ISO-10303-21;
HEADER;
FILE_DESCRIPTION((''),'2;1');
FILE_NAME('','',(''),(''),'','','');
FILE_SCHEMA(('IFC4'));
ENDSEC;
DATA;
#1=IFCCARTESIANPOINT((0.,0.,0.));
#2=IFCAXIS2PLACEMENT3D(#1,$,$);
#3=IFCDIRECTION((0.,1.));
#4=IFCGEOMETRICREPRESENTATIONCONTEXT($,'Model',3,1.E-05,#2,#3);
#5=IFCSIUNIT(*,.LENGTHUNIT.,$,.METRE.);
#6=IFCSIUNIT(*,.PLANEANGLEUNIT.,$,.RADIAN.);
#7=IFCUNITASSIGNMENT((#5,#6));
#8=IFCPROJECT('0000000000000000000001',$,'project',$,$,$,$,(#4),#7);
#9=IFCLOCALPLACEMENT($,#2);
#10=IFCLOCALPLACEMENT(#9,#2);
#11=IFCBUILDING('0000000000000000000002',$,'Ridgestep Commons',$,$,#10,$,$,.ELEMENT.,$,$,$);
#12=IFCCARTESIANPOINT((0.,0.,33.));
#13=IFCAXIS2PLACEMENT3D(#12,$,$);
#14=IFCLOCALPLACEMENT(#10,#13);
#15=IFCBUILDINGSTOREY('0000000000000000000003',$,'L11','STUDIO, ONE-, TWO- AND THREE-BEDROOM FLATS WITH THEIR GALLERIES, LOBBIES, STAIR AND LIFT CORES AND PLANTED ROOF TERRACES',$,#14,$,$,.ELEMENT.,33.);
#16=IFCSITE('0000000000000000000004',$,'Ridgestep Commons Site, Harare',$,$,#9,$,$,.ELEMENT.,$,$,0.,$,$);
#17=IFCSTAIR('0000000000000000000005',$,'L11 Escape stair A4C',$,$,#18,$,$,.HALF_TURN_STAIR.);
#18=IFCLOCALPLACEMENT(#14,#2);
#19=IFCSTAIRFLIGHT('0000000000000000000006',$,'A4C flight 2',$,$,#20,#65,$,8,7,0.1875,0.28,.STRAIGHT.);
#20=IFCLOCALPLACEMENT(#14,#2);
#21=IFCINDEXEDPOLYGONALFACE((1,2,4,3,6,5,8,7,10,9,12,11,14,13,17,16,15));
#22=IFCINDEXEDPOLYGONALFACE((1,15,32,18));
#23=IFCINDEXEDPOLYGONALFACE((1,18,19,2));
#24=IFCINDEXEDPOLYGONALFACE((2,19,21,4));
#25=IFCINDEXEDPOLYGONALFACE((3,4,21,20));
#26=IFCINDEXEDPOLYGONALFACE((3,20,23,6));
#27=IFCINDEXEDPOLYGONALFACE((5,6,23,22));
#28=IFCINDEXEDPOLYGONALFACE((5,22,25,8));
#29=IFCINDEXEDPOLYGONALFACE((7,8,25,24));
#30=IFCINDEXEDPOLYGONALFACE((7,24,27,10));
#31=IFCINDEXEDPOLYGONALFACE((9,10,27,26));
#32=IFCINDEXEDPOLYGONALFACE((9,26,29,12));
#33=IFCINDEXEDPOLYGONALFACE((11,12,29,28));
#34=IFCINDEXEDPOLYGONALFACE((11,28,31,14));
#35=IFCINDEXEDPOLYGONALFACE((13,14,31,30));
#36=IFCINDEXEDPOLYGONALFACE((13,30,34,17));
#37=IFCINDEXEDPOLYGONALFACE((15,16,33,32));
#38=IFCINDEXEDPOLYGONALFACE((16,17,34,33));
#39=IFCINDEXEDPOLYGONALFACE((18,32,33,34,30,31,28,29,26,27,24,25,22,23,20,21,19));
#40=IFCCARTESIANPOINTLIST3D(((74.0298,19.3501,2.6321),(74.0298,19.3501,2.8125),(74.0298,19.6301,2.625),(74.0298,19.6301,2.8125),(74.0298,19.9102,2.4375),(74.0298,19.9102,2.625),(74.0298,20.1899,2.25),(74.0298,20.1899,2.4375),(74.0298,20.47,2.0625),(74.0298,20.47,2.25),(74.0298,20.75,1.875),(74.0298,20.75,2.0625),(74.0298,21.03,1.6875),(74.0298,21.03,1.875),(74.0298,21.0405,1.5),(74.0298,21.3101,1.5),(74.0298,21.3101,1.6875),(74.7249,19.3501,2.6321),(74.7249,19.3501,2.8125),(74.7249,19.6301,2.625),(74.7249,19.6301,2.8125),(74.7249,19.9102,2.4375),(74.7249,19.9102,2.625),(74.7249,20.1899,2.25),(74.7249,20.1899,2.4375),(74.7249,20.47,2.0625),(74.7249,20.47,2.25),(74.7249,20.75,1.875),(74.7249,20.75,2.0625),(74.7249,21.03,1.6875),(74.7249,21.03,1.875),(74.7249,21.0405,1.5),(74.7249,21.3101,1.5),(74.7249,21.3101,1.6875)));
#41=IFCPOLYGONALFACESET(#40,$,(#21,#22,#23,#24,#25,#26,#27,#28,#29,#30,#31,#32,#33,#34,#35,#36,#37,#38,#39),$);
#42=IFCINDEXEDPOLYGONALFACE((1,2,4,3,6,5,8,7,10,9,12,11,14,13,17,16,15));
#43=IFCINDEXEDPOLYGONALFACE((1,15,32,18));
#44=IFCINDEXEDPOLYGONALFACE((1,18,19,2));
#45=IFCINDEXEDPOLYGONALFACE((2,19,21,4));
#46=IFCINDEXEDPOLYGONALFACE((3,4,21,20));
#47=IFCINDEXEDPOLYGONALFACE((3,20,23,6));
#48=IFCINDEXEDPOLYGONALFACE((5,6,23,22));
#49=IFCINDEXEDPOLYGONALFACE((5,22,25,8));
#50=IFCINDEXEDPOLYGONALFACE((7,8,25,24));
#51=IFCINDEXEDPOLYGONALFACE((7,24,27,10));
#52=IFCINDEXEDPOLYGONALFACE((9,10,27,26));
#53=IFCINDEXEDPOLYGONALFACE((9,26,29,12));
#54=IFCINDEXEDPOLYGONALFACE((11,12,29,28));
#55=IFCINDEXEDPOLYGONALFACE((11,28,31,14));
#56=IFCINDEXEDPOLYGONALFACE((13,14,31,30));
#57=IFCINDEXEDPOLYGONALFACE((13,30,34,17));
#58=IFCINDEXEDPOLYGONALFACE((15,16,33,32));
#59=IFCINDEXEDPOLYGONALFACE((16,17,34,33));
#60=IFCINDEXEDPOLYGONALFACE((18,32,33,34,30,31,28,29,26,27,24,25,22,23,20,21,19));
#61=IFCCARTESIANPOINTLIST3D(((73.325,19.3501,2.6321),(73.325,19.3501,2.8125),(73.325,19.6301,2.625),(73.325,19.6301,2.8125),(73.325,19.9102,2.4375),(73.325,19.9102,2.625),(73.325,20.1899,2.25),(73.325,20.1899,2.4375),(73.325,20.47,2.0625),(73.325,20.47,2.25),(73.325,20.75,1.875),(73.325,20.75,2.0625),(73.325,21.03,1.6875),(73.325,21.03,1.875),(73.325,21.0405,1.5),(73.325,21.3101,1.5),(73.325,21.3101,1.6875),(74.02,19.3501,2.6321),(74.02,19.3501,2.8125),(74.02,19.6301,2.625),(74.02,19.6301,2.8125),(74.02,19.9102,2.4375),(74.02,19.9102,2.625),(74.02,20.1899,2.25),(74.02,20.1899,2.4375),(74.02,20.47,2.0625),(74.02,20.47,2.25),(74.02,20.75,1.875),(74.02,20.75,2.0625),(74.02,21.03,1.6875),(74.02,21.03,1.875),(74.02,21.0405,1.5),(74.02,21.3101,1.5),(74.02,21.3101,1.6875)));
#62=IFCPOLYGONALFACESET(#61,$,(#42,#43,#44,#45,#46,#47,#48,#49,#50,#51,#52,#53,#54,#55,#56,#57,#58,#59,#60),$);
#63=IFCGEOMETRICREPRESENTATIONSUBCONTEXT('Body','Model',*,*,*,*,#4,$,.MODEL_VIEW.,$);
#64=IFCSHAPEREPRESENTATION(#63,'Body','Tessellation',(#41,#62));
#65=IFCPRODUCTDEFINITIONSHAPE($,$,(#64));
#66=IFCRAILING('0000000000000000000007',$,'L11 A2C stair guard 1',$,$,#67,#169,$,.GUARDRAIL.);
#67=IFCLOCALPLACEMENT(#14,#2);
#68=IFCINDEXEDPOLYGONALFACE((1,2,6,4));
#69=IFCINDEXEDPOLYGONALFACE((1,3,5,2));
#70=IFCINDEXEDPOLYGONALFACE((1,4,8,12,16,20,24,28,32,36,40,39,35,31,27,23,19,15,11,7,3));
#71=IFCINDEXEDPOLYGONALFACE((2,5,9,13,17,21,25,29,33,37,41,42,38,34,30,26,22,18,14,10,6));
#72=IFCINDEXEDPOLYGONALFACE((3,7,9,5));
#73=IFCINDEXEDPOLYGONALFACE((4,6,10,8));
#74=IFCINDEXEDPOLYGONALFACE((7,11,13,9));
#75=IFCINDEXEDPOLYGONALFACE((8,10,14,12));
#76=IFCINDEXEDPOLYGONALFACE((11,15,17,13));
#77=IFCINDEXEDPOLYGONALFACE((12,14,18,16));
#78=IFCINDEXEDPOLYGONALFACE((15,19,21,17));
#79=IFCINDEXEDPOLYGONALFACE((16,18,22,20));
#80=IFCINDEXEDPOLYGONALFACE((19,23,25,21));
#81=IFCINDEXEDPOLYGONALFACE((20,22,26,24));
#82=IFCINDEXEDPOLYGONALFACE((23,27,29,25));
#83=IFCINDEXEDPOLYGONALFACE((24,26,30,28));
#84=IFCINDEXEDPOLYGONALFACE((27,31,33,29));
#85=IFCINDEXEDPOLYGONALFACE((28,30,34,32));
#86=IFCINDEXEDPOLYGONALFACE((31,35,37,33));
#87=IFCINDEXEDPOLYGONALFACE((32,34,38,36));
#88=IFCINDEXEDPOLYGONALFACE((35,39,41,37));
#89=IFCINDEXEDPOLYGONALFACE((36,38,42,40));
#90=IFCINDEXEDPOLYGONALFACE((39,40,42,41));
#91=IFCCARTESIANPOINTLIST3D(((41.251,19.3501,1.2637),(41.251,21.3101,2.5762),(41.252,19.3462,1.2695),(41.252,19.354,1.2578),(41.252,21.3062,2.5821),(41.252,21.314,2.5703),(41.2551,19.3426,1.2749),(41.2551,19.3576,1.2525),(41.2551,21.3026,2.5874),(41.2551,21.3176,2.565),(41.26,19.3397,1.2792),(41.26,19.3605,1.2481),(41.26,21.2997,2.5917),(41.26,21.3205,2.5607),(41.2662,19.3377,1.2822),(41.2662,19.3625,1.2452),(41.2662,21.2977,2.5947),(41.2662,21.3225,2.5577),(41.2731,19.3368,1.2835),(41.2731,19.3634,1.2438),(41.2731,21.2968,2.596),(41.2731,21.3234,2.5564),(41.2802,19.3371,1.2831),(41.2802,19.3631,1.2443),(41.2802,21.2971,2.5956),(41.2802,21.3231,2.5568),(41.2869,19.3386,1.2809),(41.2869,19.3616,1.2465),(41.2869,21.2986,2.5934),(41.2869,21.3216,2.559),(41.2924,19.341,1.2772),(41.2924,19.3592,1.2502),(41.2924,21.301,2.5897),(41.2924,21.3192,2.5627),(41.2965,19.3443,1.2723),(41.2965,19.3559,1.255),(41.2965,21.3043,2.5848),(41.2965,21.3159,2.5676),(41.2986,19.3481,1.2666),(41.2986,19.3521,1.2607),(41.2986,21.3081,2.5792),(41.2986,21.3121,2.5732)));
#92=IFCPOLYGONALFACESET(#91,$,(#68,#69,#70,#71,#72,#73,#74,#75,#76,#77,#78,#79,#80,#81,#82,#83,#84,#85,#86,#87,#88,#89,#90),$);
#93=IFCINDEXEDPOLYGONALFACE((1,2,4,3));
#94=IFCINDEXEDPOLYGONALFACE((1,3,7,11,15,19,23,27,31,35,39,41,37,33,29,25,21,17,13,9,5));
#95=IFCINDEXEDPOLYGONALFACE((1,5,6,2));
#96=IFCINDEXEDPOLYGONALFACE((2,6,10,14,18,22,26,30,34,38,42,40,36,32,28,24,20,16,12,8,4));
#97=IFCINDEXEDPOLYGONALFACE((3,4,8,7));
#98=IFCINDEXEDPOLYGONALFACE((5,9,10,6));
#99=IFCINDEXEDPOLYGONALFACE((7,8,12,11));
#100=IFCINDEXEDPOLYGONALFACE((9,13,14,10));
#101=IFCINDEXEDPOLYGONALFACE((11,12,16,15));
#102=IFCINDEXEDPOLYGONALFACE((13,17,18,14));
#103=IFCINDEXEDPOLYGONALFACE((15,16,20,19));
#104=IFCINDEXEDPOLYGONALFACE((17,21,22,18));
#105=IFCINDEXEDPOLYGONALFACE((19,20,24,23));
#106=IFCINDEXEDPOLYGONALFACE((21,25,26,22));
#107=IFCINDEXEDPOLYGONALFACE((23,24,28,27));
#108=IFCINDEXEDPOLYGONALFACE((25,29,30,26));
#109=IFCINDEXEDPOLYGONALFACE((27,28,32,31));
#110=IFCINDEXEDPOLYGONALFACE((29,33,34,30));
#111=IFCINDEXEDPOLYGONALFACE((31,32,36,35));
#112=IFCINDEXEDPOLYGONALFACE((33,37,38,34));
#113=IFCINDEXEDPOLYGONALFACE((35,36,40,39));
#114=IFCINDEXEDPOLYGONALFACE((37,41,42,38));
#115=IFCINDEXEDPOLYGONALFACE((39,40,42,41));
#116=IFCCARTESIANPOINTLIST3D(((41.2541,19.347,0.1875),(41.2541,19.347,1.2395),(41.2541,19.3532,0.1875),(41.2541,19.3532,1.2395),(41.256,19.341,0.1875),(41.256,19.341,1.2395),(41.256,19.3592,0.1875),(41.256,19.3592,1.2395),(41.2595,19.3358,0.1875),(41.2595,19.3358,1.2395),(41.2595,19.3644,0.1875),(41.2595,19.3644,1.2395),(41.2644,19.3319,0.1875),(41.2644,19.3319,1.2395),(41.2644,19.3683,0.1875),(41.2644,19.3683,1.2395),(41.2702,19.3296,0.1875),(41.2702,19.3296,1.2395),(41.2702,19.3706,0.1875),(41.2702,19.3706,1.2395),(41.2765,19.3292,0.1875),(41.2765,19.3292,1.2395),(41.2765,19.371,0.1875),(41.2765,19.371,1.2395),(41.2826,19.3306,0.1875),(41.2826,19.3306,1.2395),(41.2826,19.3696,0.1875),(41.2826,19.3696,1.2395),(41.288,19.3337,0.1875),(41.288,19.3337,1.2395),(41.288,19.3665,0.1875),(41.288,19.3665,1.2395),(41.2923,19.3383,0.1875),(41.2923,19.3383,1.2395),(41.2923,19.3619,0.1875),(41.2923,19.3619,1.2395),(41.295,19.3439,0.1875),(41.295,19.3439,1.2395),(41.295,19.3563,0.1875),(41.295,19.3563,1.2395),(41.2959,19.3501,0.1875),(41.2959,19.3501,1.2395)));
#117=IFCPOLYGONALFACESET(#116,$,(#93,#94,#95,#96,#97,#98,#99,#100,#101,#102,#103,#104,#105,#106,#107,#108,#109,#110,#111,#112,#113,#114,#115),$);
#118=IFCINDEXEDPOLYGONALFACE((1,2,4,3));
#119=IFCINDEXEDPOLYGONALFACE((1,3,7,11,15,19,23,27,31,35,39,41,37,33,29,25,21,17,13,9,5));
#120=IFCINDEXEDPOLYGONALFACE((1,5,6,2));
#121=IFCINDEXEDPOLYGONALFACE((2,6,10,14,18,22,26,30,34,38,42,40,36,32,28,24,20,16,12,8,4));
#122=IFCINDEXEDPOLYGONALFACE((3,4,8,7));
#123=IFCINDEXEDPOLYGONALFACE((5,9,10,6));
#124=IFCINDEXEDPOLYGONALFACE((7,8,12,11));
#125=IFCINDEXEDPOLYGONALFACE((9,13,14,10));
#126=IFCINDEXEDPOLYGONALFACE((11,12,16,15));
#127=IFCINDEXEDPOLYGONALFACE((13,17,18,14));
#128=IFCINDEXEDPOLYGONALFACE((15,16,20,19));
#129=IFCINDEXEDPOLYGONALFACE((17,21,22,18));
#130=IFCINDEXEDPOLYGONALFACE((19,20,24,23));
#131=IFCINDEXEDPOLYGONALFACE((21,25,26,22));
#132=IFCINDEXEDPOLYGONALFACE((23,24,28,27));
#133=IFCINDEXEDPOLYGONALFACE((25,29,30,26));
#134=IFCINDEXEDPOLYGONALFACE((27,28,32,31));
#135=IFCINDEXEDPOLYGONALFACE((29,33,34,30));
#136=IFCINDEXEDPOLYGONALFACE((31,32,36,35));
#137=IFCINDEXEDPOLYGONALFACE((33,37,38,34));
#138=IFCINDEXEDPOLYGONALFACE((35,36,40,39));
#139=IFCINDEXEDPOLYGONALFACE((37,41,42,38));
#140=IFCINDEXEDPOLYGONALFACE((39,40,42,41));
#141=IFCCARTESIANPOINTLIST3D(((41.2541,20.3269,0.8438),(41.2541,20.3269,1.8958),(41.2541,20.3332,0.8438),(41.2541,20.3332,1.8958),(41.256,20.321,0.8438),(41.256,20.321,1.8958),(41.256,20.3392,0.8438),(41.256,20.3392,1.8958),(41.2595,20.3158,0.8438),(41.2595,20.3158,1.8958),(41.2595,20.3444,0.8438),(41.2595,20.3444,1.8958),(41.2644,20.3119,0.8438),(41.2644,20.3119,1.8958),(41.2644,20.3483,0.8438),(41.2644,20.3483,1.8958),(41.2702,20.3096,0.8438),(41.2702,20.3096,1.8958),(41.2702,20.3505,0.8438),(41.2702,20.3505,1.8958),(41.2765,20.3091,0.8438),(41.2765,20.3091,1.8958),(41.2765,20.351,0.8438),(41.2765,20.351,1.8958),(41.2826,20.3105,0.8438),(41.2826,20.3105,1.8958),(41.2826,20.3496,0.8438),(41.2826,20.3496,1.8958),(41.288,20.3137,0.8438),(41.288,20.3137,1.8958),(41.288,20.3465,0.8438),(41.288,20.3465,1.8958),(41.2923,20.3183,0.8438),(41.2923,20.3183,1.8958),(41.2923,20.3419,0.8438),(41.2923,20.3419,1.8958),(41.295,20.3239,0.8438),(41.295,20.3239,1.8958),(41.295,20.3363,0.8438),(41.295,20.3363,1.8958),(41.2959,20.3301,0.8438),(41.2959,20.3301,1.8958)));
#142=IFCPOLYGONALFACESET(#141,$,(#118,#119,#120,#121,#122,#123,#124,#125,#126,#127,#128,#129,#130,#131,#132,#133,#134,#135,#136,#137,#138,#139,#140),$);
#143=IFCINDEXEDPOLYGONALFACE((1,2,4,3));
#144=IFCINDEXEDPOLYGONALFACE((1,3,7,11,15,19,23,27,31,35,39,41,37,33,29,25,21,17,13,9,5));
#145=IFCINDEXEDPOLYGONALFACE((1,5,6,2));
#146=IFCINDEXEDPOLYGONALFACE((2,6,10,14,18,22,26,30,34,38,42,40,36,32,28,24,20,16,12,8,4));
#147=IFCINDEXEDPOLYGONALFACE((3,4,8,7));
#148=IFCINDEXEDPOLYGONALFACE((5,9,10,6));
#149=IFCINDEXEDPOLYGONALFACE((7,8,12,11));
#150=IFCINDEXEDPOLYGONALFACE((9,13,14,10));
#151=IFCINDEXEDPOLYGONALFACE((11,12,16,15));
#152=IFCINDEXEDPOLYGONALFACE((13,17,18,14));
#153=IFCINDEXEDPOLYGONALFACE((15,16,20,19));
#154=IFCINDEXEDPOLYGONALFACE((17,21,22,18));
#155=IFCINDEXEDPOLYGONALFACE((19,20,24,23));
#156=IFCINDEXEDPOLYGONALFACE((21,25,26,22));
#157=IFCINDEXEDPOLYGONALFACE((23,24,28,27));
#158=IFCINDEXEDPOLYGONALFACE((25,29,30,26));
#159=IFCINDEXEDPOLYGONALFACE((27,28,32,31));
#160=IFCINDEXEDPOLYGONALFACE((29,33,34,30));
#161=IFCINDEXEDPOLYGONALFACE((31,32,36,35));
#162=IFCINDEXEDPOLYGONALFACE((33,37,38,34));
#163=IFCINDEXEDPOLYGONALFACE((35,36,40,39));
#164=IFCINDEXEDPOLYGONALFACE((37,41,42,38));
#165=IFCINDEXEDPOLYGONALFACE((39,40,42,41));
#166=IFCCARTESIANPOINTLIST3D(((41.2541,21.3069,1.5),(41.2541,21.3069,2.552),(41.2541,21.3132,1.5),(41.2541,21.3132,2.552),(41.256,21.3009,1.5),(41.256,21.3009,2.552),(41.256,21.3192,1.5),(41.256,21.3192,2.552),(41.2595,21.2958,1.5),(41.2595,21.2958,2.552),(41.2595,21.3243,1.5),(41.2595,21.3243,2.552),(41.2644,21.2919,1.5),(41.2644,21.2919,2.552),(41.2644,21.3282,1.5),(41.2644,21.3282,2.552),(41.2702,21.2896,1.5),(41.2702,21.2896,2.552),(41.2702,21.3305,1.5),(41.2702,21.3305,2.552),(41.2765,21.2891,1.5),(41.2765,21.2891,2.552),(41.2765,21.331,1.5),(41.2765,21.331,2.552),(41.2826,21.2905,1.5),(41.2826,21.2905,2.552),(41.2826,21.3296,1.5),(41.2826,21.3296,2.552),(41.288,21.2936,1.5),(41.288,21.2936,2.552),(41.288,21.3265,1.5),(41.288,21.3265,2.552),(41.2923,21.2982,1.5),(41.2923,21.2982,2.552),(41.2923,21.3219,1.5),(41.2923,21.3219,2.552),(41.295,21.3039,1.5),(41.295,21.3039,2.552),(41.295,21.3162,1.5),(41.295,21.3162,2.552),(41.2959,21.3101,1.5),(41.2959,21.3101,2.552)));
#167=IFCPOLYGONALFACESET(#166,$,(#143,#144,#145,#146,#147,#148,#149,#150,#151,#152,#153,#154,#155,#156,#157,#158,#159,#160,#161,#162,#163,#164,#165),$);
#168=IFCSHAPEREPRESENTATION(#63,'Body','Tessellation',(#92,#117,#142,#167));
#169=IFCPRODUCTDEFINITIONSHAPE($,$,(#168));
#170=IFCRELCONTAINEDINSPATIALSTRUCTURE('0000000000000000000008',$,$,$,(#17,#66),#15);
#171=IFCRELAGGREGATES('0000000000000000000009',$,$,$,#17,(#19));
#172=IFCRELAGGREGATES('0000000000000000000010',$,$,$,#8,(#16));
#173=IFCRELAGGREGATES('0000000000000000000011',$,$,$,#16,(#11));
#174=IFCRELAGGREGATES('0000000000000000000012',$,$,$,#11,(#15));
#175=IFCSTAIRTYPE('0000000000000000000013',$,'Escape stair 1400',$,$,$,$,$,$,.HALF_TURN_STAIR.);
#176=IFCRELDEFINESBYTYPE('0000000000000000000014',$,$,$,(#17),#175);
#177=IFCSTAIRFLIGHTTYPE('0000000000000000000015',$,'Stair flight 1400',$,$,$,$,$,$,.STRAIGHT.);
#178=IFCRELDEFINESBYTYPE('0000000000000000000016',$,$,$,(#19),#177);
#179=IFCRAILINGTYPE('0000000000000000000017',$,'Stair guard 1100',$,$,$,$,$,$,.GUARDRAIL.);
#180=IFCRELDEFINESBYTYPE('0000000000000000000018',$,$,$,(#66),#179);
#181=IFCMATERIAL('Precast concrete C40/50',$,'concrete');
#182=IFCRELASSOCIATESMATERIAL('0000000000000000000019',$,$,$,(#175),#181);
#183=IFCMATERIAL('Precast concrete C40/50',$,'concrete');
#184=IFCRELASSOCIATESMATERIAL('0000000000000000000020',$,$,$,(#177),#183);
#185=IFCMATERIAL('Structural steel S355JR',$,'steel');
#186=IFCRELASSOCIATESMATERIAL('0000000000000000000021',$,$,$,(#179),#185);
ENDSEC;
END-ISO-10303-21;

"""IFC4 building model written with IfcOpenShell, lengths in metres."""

from ifc_helpers import new_model, si_unit, direction, frame, origin, origin_2d, place, context, subcontext, project, spatial, polyline, circle, outline, extrude, material, type_object, element, aggregate, save


model = new_model("IFC4")

# Units and contexts
model_context = context("Model", 3, precision=1e-05, world=origin(), true_north=direction((0.0, 1.0)))
body_context = subcontext(model_context, "Body", "Model", "MODEL_VIEW")
ifc_project = project(units=[si_unit("LENGTHUNIT", "METRE"), si_unit("PLANEANGLEUNIT", "RADIAN")], contexts=[model_context])

# Site, building, storey
site_placement = place(None, origin())
site = spatial("IfcSite", under=ifc_project, at=site_placement, Name="Ridgestep Commons Site, Harare", CompositionType="ELEMENT", RefElevation=0.0)
building_placement = place(site_placement, origin())
building = spatial("IfcBuilding", under=site, at=building_placement, Name="Ridgestep Commons", CompositionType="ELEMENT")
storey_placement = place(building_placement, frame((0.0, 0.0, 33.0)))
storey = spatial("IfcBuildingStorey", under=building, at=storey_placement, Name="L11", Description="STUDIO, ONE-, TWO- AND THREE-BEDROOM FLATS WITH THEIR GALLERIES, LOBBIES, STAIR AND LIFT CORES AND PLANTED ROOF TERRACES", CompositionType="ELEMENT", Elevation=33.0)

# Shared definitions
ifc_material_1 = material(Name="Precast concrete C40/50", Category="concrete")
stair_type = type_object("IfcStairType", Name="Escape stair 1400", PredefinedType="HALF_TURN_STAIR", material=ifc_material_1)
ifc_material_2 = material(Name="Precast concrete C40/50", Category="concrete")
stair_flight_type = type_object("IfcStairFlightType", Name="Stair flight 1400", PredefinedType="STRAIGHT", material=ifc_material_2)

# Stair, stair flight
stair_1_placement = place(storey_placement, origin())
stair_1 = element("IfcStair", 1, at=stair_1_placement, inside=storey, type_object=stair_type, Name="L11 Escape stair A4C", PredefinedType="HALF_TURN_STAIR")
stair_flight_1_placement = place(storey_placement, frame((74.0249, 21.3101, 1.5), z_axis=(0.0, 0.0, 1.0), x_axis=(0.0, -1.0, 0.0)))
stair_flight_1 = element("IfcStairFlight", 2, at=stair_flight_1_placement, type_object=stair_flight_type, Name="A4C flight 2", NumberOfRisers=8, NumberOfTreads=7, PredefinedType="STRAIGHT", RiserHeight=0.1875, TreadLength=0.28, context=body_context, shape_type="SweptSolid", body=[
    extrude(outline(polyline([(0.0, 0.0), (0.0, 0.1875), (0.28, 0.1875), (0.28, 0.375), (0.5601, 0.375), (0.5601, 0.5625), (0.8401, 0.5625), (0.8401, 0.75), (1.1201, 0.75), (1.1201, 0.9375), (1.3999, 0.9375), (1.3999, 1.125), (1.6799, 1.125), (1.6799, 1.3125), (1.96, 1.3125), (1.96, 1.5), (1.96, 1.1321), (0.2695, 0.0), (0.0, 0.0)])), frame((0.0, 0.7, 0.0), z_axis=(0.0, -1.0, 0.0), x_axis=(1.0, 0.0, 0.0)), (0.0, 0.0, 1.0), 0.6951),
    extrude(outline(polyline([(0.0, 0.0), (0.0, 0.1875), (0.28, 0.1875), (0.28, 0.375), (0.5601, 0.375), (0.5601, 0.5625), (0.8401, 0.5625), (0.8401, 0.75), (1.1201, 0.75), (1.1201, 0.9375), (1.3999, 0.9375), (1.3999, 1.125), (1.6799, 1.125), (1.6799, 1.3125), (1.96, 1.3125), (1.96, 1.5), (1.96, 1.1321), (0.2695, 0.0), (0.0, 0.0)])), frame((0.0, -0.0049, 0.0), z_axis=(0.0, -1.0, 0.0), x_axis=(1.0, 0.0, 0.0)), (0.0, 0.0, 1.0), 0.6951),
])
aggregate(stair_1, [stair_flight_1])

# Railing
ifc_material_3 = material(Name="Structural steel S355JR", Category="steel")
railing_type_1 = type_object("IfcRailingType", Name="Stair guard 1100", PredefinedType="GUARDRAIL", material=ifc_material_3)
railing_1_placement = place(storey_placement, frame((41.2749, 19.3501, 0.1875)))
element("IfcRailing", 3, at=railing_1_placement, inside=storey, type_object=railing_type_1, Name="L11 A2C stair guard 1", PredefinedType="GUARDRAIL", context=body_context, shape_type="SweptSolid", body=[
    extrude(circle(Radius=0.0239, at=origin_2d()), frame((0.0, 0.0, 1.0762), z_axis=(0.0, 0.830902, 0.556419), x_axis=(-1.0, 0.0, 0.0)), (0.0, 0.0, 1.0), 2.3589),
    extrude(circle(Radius=0.021, at=origin_2d()), origin(), (0.0, 0.0, 1.0), 1.052),
    extrude(circle(Radius=0.021, at=origin_2d()), frame((0.0, 0.98, 0.6562)), (0.0, 0.0, 1.0), 1.052),
    extrude(circle(Radius=0.021, at=origin_2d()), frame((0.0, 1.96, 1.3125)), (0.0, 0.0, 1.0), 1.052),
])

save(model, "model.ifc")
